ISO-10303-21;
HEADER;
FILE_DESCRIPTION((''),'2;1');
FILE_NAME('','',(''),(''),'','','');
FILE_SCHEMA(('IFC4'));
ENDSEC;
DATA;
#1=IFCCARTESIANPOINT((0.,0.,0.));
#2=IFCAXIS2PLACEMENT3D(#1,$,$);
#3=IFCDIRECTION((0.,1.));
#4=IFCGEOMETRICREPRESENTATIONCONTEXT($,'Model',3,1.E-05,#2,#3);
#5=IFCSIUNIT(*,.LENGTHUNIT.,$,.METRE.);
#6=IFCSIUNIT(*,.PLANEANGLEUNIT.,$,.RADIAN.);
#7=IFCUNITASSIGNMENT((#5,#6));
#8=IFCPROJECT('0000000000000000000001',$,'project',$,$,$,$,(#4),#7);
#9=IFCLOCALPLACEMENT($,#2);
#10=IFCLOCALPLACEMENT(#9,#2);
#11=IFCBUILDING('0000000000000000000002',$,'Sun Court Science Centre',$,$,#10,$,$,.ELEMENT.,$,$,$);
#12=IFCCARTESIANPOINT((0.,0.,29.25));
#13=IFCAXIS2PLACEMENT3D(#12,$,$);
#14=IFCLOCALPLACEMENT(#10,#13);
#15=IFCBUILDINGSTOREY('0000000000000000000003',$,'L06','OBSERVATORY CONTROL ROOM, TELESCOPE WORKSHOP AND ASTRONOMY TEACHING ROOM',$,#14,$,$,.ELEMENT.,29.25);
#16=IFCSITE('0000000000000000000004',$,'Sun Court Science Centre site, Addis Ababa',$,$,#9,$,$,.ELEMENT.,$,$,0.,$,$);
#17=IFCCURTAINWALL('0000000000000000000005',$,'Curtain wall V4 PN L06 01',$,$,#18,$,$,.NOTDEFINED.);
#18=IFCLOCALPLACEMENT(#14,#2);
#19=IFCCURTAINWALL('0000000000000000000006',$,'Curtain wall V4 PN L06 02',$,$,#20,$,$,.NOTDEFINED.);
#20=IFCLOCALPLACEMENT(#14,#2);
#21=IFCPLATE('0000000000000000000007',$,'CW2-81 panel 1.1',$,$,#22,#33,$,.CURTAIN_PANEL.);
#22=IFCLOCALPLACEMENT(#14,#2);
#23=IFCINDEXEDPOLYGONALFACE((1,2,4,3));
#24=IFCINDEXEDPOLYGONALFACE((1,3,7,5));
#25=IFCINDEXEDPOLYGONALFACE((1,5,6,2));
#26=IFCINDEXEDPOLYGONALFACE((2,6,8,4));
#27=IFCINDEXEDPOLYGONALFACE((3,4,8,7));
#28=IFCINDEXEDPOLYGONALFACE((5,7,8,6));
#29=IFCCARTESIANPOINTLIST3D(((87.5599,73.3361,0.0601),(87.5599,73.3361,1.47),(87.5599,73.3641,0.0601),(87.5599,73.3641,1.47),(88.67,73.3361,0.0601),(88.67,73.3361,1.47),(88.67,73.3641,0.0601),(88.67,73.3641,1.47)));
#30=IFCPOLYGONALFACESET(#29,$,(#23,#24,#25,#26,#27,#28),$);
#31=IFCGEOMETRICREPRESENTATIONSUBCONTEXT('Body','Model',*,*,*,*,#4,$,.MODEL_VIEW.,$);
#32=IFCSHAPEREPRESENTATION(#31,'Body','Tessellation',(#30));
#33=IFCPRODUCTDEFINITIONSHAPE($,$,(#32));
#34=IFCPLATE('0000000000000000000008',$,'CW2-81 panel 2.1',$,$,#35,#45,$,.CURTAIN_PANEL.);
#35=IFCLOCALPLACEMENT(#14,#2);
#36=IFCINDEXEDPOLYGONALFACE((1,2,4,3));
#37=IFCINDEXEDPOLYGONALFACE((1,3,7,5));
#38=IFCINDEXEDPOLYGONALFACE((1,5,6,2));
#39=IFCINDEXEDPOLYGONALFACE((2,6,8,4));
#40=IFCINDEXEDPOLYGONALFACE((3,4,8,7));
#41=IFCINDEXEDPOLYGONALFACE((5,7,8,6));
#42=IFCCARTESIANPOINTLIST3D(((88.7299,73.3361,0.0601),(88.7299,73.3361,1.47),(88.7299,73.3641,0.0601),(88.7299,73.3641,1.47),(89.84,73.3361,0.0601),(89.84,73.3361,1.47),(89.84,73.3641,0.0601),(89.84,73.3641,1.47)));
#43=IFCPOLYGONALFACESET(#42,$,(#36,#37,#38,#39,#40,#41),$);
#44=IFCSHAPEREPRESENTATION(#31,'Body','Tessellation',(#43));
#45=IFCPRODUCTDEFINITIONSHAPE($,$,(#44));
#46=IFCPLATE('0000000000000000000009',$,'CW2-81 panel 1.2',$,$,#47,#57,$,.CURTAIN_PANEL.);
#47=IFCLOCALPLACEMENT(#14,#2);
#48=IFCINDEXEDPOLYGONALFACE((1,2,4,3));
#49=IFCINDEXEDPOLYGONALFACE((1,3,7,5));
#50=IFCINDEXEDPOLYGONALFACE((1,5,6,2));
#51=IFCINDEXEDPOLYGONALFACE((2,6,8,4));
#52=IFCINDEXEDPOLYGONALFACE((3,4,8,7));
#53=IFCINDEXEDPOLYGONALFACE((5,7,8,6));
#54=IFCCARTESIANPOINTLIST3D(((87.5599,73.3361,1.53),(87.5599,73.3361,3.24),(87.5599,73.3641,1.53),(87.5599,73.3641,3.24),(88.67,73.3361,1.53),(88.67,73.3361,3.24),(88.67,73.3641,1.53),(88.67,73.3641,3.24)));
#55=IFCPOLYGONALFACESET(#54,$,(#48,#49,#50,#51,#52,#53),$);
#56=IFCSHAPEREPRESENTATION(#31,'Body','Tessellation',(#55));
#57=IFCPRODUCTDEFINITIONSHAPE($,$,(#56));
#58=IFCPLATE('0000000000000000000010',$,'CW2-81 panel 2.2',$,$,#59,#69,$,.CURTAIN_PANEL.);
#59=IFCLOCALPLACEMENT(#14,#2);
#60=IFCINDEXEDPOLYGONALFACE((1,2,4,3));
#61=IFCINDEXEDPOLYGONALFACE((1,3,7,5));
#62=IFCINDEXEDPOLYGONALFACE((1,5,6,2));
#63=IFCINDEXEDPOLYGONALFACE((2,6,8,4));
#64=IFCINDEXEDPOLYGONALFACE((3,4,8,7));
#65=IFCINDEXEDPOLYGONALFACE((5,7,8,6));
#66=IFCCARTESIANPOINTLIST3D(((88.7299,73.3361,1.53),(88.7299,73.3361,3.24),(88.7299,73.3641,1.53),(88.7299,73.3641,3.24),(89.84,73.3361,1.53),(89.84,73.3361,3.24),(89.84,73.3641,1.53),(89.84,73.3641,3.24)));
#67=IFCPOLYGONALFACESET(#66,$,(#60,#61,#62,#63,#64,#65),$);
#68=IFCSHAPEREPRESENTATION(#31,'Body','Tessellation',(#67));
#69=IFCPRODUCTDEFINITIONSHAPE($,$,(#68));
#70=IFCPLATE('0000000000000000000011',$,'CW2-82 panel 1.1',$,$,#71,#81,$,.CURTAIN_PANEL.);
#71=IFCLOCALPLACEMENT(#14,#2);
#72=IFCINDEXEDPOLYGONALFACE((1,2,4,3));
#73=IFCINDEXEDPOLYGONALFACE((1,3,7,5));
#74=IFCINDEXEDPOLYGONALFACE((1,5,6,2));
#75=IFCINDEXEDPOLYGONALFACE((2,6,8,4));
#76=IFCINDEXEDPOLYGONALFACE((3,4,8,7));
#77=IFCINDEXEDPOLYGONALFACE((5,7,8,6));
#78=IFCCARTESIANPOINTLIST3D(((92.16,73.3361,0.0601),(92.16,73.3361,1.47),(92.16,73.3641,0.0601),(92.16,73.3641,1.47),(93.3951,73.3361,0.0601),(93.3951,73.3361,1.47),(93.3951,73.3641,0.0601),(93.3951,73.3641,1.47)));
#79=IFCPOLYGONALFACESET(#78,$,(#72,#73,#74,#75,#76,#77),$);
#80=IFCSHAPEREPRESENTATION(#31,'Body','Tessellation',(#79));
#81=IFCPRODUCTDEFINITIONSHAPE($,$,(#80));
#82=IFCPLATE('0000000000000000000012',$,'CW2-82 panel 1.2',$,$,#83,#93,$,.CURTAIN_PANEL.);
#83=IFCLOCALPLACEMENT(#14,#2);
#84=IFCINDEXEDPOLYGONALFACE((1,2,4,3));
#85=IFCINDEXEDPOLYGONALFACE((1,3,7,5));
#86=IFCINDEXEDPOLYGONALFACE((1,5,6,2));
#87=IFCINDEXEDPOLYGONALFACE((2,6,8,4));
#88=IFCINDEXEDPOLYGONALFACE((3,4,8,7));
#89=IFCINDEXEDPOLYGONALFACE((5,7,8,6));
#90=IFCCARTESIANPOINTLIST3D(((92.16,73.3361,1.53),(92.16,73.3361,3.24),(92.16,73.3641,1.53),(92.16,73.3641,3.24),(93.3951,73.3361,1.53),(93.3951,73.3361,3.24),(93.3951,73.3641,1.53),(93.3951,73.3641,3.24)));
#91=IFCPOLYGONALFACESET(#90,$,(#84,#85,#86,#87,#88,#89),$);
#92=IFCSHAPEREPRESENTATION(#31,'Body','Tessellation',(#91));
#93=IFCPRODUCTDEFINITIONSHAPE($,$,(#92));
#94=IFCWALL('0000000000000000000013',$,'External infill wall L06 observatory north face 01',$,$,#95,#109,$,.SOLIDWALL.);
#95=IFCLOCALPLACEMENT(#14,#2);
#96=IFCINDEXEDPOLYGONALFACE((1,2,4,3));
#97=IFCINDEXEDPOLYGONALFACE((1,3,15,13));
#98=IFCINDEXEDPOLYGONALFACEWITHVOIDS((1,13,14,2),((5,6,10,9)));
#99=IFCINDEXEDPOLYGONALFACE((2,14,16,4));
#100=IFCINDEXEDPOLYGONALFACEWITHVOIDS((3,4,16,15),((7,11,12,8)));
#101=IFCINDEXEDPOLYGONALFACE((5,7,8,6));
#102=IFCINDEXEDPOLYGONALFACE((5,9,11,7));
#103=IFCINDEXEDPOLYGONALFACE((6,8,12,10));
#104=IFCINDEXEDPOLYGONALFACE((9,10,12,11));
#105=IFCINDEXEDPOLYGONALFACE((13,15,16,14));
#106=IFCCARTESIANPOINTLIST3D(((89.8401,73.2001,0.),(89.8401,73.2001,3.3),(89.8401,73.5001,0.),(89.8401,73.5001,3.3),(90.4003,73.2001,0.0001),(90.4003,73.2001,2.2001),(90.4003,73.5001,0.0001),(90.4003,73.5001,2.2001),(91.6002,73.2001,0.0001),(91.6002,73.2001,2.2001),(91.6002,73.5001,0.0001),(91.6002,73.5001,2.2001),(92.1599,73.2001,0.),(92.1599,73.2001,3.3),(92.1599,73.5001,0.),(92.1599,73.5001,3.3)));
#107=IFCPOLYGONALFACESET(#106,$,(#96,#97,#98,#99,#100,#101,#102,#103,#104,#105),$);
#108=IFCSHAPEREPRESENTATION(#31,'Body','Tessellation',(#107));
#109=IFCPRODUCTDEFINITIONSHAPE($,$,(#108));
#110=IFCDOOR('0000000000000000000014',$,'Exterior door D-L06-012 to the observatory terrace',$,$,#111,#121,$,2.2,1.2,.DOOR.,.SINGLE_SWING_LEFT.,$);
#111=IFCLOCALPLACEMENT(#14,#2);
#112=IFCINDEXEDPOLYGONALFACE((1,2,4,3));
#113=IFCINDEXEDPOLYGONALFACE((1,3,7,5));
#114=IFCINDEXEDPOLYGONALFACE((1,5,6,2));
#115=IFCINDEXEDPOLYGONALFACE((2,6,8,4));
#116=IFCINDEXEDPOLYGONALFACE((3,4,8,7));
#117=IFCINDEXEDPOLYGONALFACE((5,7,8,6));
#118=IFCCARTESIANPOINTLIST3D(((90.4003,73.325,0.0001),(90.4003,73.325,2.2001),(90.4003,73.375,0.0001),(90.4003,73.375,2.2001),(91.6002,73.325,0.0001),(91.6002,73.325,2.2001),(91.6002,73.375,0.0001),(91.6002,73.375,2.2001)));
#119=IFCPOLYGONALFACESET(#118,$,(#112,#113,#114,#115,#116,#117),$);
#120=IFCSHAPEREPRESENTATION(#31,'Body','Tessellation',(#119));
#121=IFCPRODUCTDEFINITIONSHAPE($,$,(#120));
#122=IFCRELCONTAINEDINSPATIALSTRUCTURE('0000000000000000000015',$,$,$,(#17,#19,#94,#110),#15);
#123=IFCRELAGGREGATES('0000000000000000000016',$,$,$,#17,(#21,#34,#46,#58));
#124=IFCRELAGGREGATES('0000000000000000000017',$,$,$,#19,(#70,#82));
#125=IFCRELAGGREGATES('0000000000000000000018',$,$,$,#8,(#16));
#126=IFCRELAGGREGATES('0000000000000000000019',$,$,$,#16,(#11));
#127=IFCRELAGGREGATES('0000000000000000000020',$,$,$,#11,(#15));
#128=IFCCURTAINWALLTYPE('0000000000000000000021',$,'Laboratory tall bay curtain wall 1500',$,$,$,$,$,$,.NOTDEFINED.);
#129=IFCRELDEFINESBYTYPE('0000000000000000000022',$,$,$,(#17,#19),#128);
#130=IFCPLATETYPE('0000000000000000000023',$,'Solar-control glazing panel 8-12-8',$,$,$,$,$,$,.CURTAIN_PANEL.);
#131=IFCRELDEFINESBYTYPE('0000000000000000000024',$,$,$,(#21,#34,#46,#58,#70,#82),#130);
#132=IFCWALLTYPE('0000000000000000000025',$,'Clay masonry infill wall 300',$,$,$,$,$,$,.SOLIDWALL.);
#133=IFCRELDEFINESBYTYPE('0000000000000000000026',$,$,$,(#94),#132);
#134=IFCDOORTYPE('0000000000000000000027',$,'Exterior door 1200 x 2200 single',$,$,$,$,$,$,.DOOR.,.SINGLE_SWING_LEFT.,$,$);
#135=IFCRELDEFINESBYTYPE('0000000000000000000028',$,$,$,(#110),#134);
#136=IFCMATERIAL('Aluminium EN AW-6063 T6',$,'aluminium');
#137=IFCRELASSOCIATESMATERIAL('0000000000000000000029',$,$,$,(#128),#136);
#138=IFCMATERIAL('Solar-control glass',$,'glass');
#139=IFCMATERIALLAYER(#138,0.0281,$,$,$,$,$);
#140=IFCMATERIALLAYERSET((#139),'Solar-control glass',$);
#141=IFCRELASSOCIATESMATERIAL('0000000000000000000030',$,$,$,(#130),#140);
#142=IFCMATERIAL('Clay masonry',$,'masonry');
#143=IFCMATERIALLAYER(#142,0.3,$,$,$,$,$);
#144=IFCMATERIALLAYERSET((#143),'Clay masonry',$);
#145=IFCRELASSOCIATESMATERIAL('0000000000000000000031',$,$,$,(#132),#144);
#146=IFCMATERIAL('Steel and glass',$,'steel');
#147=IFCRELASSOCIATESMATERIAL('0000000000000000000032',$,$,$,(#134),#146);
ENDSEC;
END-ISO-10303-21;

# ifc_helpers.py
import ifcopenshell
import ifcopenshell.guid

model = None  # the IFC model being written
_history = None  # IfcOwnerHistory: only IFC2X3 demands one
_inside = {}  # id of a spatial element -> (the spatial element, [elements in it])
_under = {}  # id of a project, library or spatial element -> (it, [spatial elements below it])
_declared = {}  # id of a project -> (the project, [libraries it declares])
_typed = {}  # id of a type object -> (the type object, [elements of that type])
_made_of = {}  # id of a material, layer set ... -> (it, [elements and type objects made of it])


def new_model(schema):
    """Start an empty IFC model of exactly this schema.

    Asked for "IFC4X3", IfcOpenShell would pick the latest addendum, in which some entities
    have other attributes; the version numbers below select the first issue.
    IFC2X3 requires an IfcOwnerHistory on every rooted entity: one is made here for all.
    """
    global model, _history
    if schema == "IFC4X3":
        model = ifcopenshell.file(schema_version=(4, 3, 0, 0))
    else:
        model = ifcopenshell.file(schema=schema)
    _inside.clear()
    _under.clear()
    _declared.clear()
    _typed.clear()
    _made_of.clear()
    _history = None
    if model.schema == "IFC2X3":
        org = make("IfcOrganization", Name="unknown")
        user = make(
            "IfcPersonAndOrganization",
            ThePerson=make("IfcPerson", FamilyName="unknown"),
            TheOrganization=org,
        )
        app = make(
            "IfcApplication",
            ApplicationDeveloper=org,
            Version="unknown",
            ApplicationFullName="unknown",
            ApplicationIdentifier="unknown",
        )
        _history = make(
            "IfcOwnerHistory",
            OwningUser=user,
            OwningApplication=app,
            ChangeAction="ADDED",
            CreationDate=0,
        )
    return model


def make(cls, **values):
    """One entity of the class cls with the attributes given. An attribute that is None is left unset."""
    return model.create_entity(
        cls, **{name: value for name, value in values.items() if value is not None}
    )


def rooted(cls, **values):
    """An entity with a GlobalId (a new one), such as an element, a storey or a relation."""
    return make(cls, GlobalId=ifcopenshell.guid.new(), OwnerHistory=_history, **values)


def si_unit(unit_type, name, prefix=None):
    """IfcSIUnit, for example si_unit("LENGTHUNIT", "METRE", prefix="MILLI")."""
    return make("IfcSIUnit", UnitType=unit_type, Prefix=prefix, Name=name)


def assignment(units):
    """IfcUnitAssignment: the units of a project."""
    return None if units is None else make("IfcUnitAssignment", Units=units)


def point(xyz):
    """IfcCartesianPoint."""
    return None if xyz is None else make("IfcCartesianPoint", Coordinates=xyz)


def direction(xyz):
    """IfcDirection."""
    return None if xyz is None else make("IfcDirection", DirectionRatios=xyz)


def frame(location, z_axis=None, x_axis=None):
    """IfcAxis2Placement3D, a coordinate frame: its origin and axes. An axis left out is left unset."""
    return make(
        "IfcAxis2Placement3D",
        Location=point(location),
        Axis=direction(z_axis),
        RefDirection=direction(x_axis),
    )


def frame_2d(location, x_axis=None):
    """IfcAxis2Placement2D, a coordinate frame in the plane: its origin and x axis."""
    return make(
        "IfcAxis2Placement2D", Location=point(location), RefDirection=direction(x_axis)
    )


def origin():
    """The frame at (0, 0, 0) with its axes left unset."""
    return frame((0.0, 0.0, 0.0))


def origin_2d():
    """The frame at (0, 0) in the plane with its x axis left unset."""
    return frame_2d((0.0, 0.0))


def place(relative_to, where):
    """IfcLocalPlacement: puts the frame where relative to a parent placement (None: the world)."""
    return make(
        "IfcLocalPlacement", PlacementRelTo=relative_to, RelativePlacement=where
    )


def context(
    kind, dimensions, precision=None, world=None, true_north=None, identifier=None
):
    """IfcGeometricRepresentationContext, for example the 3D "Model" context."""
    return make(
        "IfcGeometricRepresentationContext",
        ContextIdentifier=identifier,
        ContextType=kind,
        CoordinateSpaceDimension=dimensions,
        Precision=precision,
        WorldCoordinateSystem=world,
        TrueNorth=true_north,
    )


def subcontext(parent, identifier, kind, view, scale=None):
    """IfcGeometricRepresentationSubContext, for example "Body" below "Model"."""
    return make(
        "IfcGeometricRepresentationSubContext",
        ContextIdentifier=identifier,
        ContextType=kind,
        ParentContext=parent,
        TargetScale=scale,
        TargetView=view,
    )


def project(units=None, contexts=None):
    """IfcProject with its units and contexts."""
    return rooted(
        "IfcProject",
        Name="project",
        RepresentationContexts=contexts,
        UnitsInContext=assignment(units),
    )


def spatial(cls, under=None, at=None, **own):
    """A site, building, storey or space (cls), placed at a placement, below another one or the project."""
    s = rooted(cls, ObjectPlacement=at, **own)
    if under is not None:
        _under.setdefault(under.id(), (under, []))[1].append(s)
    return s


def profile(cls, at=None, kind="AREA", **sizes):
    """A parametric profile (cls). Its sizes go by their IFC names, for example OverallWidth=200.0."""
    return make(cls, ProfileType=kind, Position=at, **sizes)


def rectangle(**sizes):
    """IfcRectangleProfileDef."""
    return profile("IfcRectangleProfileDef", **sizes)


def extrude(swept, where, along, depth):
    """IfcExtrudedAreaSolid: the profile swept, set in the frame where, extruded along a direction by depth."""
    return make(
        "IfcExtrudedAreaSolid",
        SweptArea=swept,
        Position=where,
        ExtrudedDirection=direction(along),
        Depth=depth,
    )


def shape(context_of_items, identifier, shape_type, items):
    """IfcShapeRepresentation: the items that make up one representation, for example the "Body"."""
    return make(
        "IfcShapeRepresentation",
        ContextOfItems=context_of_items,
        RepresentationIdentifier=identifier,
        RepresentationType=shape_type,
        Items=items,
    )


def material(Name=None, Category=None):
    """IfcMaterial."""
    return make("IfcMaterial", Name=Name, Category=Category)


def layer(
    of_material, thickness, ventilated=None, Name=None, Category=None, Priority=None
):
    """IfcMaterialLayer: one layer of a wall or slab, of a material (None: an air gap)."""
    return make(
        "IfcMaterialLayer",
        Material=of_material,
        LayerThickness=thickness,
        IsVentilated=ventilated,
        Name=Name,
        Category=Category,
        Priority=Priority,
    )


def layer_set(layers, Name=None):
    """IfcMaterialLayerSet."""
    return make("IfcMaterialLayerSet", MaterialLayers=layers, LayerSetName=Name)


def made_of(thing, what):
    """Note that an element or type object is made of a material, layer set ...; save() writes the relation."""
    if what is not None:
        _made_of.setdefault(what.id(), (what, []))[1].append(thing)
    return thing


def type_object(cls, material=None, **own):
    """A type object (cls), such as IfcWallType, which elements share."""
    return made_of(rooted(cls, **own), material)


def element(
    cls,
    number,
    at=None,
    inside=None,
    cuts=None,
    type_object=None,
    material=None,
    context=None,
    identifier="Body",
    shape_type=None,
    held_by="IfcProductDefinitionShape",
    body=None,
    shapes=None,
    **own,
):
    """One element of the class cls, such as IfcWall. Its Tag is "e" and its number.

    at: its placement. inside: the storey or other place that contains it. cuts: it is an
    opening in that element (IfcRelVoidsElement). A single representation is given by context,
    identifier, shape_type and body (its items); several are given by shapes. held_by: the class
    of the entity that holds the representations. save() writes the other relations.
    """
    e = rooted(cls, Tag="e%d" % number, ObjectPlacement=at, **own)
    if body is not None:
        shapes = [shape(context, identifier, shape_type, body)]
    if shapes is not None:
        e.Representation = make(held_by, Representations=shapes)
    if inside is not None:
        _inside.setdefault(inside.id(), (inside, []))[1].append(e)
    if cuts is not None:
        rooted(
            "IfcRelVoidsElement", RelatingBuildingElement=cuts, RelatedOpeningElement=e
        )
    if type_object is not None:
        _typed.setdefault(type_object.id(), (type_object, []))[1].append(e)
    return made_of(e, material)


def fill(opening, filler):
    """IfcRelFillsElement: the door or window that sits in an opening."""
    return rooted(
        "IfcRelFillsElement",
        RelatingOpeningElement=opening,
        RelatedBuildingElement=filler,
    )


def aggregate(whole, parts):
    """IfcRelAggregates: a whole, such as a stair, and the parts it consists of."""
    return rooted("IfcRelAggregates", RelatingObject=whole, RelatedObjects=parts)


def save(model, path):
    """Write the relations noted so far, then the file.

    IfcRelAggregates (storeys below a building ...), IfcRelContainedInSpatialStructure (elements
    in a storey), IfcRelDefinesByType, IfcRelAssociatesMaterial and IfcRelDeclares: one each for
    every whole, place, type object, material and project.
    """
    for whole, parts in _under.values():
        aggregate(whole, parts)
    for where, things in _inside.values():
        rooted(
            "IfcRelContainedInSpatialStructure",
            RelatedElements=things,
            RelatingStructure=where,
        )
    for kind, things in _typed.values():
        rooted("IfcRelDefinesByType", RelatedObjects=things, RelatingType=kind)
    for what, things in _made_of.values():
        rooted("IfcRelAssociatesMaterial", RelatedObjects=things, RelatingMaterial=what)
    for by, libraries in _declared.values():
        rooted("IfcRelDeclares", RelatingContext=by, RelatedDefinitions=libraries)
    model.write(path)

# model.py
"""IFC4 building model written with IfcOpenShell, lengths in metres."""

from ifc_helpers import new_model, si_unit, direction, frame, frame_2d, origin, origin_2d, place, context, subcontext, project, spatial, rectangle, extrude, material, layer, layer_set, type_object, element, fill, aggregate, save


model = new_model("IFC4")

# Units and contexts
model_context = context("Model", 3, precision=1e-05, world=origin(), true_north=direction((0.0, 1.0)))
body_context = subcontext(model_context, "Body", "Model", "MODEL_VIEW")
ifc_project = project(units=[si_unit("LENGTHUNIT", "METRE"), si_unit("PLANEANGLEUNIT", "RADIAN")], contexts=[model_context])

# Site, building, storey
site_placement = place(None, origin())
site = spatial("IfcSite", under=ifc_project, at=site_placement, Name="Sun Court Science Centre site, Addis Ababa", CompositionType="ELEMENT", RefElevation=0.0)
building_placement = place(site_placement, origin())
building = spatial("IfcBuilding", under=site, at=building_placement, Name="Sun Court Science Centre", CompositionType="ELEMENT")
storey_placement = place(building_placement, frame((0.0, 0.0, 29.25)))
storey = spatial("IfcBuildingStorey", under=building, at=storey_placement, Name="L06", Description="OBSERVATORY CONTROL ROOM, TELESCOPE WORKSHOP AND ASTRONOMY TEACHING ROOM", CompositionType="ELEMENT", Elevation=29.25)

# Curtain walls
ifc_material_1 = material(Name="Aluminium EN AW-6063 T6", Category="aluminium")
curtain_wall_type = type_object("IfcCurtainWallType", Name="Laboratory tall bay curtain wall 1500", PredefinedType="NOTDEFINED", material=ifc_material_1)
curtain_wall_1_placement = place(storey_placement, origin())
curtain_wall_1 = element("IfcCurtainWall", 1, at=curtain_wall_1_placement, inside=storey, type_object=curtain_wall_type, Name="Curtain wall V4 PN L06 01", PredefinedType="NOTDEFINED")
curtain_wall_2_placement = place(storey_placement, origin())
curtain_wall_2 = element("IfcCurtainWall", 2, at=curtain_wall_2_placement, inside=storey, type_object=curtain_wall_type, Name="Curtain wall V4 PN L06 02", PredefinedType="NOTDEFINED")

# Plates
ifc_material_2 = material(Name="Solar-control glass", Category="glass")
ifc_layer_1 = layer(ifc_material_2, 0.0281)
ifc_layer_set_1 = layer_set([ifc_layer_1], Name="Solar-control glass")
plate_type = type_object("IfcPlateType", Name="Solar-control glazing panel 8-12-8", PredefinedType="CURTAIN_PANEL", material=ifc_layer_set_1)
plate_1_placement = place(storey_placement, frame((88.115, 73.3501, 0.0601), z_axis=(0.0, 0.0, 1.0), x_axis=(1.0, 0.0, 0.0)))
plate_1 = element("IfcPlate", 3, at=plate_1_placement, type_object=plate_type, Name="CW2-81 panel 1.1", PredefinedType="CURTAIN_PANEL", context=body_context, shape_type="SweptSolid", body=[
    extrude(rectangle(XDim=1.1101, YDim=0.0281, at=origin_2d()), origin(), (0.0, 0.0, 1.0), 1.4099),
])
plate_2_placement = place(storey_placement, frame((89.2849, 73.3501, 0.0601), z_axis=(0.0, 0.0, 1.0), x_axis=(1.0, 0.0, 0.0)))
plate_2 = element("IfcPlate", 4, at=plate_2_placement, type_object=plate_type, Name="CW2-81 panel 2.1", PredefinedType="CURTAIN_PANEL", context=body_context, shape_type="SweptSolid", body=[
    extrude(rectangle(XDim=1.1101, YDim=0.0281, at=origin_2d()), origin(), (0.0, 0.0, 1.0), 1.4099),
])
plate_3_placement = place(storey_placement, frame((88.115, 73.3501, 1.53), z_axis=(0.0, 0.0, 1.0), x_axis=(1.0, 0.0, 0.0)))
plate_3 = element("IfcPlate", 5, at=plate_3_placement, type_object=plate_type, Name="CW2-81 panel 1.2", PredefinedType="CURTAIN_PANEL", context=body_context, shape_type="SweptSolid", body=[
    extrude(rectangle(XDim=1.1101, YDim=0.0281, at=origin_2d()), origin(), (0.0, 0.0, 1.0), 1.71),
])
plate_4_placement = place(storey_placement, frame((89.2849, 73.3501, 1.53), z_axis=(0.0, 0.0, 1.0), x_axis=(1.0, 0.0, 0.0)))
plate_4 = element("IfcPlate", 6, at=plate_4_placement, type_object=plate_type, Name="CW2-81 panel 2.2", PredefinedType="CURTAIN_PANEL", context=body_context, shape_type="SweptSolid", body=[
    extrude(rectangle(XDim=1.1101, YDim=0.0281, at=origin_2d()), origin(), (0.0, 0.0, 1.0), 1.71),
])
aggregate(curtain_wall_1, [plate_1, plate_2, plate_3, plate_4])
plate_5_placement = place(storey_placement, frame((92.7776, 73.3501, 0.0601), z_axis=(0.0, 0.0, 1.0), x_axis=(1.0, 0.0, 0.0)))
plate_5 = element("IfcPlate", 7, at=plate_5_placement, type_object=plate_type, Name="CW2-82 panel 1.1", PredefinedType="CURTAIN_PANEL", context=body_context, shape_type="SweptSolid", body=[
    extrude(rectangle(XDim=1.2351, YDim=0.0281, at=origin_2d()), origin(), (0.0, 0.0, 1.0), 1.4099),
])
plate_6_placement = place(storey_placement, frame((92.7776, 73.3501, 1.53), z_axis=(0.0, 0.0, 1.0), x_axis=(1.0, 0.0, 0.0)))
plate_6 = element("IfcPlate", 8, at=plate_6_placement, type_object=plate_type, Name="CW2-82 panel 1.2", PredefinedType="CURTAIN_PANEL", context=body_context, shape_type="SweptSolid", body=[
    extrude(rectangle(XDim=1.2351, YDim=0.0281, at=origin_2d()), origin(), (0.0, 0.0, 1.0), 1.71),
])
aggregate(curtain_wall_2, [plate_5, plate_6])

# Wall, opening, door
ifc_material_3 = material(Name="Clay masonry", Category="masonry")
ifc_layer_2 = layer(ifc_material_3, 0.3)
ifc_layer_set_2 = layer_set([ifc_layer_2], Name="Clay masonry")
wall_type = type_object("IfcWallType", Name="Clay masonry infill wall 300", PredefinedType="SOLIDWALL", material=ifc_layer_set_2)
wall_placement = place(storey_placement, frame((89.8401, 73.3501, 0.0), z_axis=(0.0, 0.0, 1.0), x_axis=(1.0, 0.0, 0.0)))
wall = element("IfcWall", 9, at=wall_placement, inside=storey, type_object=wall_type, Name="External infill wall L06 observatory north face 01", PredefinedType="SOLIDWALL", context=body_context, shape_type="SweptSolid", body=[
    extrude(rectangle(XDim=2.3198, YDim=0.3, at=frame_2d((1.1599, 0.0))), origin(), (0.0, 0.0, 1.0), 3.3),
])
opening_placement = place(wall_placement, frame((0.5601, 0.0, 0.0)))
opening = element("IfcOpeningElement", 10, at=opening_placement, cuts=wall, PredefinedType="OPENING", context=body_context, shape_type="SweptSolid", body=[
    extrude(rectangle(XDim=1.2, YDim=2.2, at=frame_2d((0.6001, 1.1001))), frame((0.0, 0.1599, 0.0), z_axis=(0.0, -1.0, 0.0), x_axis=(1.0, 0.0, 0.0)), (0.0, 0.0, 1.0), 0.3201),
])
ifc_material_4 = material(Name="Steel and glass", Category="steel")
door_type = type_object("IfcDoorType", Name="Exterior door 1200 x 2200 single", OperationType="SINGLE_SWING_LEFT", PredefinedType="DOOR", material=ifc_material_4)
door_placement = place(opening_placement, origin())
door = element("IfcDoor", 11, at=door_placement, inside=storey, type_object=door_type, Name="Exterior door D-L06-012 to the observatory terrace", OperationType="SINGLE_SWING_LEFT", OverallHeight=2.2, OverallWidth=1.2, PredefinedType="DOOR", context=body_context, shape_type="SweptSolid", body=[
    extrude(rectangle(XDim=1.2, YDim=2.2, at=frame_2d((0.6001, 1.1001))), frame((0.0, 0.0249, 0.0), z_axis=(0.0, -1.0, 0.0), x_axis=(1.0, 0.0, 0.0)), (0.0, 0.0, 1.0), 0.05),
])
fill(opening, door)

save(model, "model.ifc")
